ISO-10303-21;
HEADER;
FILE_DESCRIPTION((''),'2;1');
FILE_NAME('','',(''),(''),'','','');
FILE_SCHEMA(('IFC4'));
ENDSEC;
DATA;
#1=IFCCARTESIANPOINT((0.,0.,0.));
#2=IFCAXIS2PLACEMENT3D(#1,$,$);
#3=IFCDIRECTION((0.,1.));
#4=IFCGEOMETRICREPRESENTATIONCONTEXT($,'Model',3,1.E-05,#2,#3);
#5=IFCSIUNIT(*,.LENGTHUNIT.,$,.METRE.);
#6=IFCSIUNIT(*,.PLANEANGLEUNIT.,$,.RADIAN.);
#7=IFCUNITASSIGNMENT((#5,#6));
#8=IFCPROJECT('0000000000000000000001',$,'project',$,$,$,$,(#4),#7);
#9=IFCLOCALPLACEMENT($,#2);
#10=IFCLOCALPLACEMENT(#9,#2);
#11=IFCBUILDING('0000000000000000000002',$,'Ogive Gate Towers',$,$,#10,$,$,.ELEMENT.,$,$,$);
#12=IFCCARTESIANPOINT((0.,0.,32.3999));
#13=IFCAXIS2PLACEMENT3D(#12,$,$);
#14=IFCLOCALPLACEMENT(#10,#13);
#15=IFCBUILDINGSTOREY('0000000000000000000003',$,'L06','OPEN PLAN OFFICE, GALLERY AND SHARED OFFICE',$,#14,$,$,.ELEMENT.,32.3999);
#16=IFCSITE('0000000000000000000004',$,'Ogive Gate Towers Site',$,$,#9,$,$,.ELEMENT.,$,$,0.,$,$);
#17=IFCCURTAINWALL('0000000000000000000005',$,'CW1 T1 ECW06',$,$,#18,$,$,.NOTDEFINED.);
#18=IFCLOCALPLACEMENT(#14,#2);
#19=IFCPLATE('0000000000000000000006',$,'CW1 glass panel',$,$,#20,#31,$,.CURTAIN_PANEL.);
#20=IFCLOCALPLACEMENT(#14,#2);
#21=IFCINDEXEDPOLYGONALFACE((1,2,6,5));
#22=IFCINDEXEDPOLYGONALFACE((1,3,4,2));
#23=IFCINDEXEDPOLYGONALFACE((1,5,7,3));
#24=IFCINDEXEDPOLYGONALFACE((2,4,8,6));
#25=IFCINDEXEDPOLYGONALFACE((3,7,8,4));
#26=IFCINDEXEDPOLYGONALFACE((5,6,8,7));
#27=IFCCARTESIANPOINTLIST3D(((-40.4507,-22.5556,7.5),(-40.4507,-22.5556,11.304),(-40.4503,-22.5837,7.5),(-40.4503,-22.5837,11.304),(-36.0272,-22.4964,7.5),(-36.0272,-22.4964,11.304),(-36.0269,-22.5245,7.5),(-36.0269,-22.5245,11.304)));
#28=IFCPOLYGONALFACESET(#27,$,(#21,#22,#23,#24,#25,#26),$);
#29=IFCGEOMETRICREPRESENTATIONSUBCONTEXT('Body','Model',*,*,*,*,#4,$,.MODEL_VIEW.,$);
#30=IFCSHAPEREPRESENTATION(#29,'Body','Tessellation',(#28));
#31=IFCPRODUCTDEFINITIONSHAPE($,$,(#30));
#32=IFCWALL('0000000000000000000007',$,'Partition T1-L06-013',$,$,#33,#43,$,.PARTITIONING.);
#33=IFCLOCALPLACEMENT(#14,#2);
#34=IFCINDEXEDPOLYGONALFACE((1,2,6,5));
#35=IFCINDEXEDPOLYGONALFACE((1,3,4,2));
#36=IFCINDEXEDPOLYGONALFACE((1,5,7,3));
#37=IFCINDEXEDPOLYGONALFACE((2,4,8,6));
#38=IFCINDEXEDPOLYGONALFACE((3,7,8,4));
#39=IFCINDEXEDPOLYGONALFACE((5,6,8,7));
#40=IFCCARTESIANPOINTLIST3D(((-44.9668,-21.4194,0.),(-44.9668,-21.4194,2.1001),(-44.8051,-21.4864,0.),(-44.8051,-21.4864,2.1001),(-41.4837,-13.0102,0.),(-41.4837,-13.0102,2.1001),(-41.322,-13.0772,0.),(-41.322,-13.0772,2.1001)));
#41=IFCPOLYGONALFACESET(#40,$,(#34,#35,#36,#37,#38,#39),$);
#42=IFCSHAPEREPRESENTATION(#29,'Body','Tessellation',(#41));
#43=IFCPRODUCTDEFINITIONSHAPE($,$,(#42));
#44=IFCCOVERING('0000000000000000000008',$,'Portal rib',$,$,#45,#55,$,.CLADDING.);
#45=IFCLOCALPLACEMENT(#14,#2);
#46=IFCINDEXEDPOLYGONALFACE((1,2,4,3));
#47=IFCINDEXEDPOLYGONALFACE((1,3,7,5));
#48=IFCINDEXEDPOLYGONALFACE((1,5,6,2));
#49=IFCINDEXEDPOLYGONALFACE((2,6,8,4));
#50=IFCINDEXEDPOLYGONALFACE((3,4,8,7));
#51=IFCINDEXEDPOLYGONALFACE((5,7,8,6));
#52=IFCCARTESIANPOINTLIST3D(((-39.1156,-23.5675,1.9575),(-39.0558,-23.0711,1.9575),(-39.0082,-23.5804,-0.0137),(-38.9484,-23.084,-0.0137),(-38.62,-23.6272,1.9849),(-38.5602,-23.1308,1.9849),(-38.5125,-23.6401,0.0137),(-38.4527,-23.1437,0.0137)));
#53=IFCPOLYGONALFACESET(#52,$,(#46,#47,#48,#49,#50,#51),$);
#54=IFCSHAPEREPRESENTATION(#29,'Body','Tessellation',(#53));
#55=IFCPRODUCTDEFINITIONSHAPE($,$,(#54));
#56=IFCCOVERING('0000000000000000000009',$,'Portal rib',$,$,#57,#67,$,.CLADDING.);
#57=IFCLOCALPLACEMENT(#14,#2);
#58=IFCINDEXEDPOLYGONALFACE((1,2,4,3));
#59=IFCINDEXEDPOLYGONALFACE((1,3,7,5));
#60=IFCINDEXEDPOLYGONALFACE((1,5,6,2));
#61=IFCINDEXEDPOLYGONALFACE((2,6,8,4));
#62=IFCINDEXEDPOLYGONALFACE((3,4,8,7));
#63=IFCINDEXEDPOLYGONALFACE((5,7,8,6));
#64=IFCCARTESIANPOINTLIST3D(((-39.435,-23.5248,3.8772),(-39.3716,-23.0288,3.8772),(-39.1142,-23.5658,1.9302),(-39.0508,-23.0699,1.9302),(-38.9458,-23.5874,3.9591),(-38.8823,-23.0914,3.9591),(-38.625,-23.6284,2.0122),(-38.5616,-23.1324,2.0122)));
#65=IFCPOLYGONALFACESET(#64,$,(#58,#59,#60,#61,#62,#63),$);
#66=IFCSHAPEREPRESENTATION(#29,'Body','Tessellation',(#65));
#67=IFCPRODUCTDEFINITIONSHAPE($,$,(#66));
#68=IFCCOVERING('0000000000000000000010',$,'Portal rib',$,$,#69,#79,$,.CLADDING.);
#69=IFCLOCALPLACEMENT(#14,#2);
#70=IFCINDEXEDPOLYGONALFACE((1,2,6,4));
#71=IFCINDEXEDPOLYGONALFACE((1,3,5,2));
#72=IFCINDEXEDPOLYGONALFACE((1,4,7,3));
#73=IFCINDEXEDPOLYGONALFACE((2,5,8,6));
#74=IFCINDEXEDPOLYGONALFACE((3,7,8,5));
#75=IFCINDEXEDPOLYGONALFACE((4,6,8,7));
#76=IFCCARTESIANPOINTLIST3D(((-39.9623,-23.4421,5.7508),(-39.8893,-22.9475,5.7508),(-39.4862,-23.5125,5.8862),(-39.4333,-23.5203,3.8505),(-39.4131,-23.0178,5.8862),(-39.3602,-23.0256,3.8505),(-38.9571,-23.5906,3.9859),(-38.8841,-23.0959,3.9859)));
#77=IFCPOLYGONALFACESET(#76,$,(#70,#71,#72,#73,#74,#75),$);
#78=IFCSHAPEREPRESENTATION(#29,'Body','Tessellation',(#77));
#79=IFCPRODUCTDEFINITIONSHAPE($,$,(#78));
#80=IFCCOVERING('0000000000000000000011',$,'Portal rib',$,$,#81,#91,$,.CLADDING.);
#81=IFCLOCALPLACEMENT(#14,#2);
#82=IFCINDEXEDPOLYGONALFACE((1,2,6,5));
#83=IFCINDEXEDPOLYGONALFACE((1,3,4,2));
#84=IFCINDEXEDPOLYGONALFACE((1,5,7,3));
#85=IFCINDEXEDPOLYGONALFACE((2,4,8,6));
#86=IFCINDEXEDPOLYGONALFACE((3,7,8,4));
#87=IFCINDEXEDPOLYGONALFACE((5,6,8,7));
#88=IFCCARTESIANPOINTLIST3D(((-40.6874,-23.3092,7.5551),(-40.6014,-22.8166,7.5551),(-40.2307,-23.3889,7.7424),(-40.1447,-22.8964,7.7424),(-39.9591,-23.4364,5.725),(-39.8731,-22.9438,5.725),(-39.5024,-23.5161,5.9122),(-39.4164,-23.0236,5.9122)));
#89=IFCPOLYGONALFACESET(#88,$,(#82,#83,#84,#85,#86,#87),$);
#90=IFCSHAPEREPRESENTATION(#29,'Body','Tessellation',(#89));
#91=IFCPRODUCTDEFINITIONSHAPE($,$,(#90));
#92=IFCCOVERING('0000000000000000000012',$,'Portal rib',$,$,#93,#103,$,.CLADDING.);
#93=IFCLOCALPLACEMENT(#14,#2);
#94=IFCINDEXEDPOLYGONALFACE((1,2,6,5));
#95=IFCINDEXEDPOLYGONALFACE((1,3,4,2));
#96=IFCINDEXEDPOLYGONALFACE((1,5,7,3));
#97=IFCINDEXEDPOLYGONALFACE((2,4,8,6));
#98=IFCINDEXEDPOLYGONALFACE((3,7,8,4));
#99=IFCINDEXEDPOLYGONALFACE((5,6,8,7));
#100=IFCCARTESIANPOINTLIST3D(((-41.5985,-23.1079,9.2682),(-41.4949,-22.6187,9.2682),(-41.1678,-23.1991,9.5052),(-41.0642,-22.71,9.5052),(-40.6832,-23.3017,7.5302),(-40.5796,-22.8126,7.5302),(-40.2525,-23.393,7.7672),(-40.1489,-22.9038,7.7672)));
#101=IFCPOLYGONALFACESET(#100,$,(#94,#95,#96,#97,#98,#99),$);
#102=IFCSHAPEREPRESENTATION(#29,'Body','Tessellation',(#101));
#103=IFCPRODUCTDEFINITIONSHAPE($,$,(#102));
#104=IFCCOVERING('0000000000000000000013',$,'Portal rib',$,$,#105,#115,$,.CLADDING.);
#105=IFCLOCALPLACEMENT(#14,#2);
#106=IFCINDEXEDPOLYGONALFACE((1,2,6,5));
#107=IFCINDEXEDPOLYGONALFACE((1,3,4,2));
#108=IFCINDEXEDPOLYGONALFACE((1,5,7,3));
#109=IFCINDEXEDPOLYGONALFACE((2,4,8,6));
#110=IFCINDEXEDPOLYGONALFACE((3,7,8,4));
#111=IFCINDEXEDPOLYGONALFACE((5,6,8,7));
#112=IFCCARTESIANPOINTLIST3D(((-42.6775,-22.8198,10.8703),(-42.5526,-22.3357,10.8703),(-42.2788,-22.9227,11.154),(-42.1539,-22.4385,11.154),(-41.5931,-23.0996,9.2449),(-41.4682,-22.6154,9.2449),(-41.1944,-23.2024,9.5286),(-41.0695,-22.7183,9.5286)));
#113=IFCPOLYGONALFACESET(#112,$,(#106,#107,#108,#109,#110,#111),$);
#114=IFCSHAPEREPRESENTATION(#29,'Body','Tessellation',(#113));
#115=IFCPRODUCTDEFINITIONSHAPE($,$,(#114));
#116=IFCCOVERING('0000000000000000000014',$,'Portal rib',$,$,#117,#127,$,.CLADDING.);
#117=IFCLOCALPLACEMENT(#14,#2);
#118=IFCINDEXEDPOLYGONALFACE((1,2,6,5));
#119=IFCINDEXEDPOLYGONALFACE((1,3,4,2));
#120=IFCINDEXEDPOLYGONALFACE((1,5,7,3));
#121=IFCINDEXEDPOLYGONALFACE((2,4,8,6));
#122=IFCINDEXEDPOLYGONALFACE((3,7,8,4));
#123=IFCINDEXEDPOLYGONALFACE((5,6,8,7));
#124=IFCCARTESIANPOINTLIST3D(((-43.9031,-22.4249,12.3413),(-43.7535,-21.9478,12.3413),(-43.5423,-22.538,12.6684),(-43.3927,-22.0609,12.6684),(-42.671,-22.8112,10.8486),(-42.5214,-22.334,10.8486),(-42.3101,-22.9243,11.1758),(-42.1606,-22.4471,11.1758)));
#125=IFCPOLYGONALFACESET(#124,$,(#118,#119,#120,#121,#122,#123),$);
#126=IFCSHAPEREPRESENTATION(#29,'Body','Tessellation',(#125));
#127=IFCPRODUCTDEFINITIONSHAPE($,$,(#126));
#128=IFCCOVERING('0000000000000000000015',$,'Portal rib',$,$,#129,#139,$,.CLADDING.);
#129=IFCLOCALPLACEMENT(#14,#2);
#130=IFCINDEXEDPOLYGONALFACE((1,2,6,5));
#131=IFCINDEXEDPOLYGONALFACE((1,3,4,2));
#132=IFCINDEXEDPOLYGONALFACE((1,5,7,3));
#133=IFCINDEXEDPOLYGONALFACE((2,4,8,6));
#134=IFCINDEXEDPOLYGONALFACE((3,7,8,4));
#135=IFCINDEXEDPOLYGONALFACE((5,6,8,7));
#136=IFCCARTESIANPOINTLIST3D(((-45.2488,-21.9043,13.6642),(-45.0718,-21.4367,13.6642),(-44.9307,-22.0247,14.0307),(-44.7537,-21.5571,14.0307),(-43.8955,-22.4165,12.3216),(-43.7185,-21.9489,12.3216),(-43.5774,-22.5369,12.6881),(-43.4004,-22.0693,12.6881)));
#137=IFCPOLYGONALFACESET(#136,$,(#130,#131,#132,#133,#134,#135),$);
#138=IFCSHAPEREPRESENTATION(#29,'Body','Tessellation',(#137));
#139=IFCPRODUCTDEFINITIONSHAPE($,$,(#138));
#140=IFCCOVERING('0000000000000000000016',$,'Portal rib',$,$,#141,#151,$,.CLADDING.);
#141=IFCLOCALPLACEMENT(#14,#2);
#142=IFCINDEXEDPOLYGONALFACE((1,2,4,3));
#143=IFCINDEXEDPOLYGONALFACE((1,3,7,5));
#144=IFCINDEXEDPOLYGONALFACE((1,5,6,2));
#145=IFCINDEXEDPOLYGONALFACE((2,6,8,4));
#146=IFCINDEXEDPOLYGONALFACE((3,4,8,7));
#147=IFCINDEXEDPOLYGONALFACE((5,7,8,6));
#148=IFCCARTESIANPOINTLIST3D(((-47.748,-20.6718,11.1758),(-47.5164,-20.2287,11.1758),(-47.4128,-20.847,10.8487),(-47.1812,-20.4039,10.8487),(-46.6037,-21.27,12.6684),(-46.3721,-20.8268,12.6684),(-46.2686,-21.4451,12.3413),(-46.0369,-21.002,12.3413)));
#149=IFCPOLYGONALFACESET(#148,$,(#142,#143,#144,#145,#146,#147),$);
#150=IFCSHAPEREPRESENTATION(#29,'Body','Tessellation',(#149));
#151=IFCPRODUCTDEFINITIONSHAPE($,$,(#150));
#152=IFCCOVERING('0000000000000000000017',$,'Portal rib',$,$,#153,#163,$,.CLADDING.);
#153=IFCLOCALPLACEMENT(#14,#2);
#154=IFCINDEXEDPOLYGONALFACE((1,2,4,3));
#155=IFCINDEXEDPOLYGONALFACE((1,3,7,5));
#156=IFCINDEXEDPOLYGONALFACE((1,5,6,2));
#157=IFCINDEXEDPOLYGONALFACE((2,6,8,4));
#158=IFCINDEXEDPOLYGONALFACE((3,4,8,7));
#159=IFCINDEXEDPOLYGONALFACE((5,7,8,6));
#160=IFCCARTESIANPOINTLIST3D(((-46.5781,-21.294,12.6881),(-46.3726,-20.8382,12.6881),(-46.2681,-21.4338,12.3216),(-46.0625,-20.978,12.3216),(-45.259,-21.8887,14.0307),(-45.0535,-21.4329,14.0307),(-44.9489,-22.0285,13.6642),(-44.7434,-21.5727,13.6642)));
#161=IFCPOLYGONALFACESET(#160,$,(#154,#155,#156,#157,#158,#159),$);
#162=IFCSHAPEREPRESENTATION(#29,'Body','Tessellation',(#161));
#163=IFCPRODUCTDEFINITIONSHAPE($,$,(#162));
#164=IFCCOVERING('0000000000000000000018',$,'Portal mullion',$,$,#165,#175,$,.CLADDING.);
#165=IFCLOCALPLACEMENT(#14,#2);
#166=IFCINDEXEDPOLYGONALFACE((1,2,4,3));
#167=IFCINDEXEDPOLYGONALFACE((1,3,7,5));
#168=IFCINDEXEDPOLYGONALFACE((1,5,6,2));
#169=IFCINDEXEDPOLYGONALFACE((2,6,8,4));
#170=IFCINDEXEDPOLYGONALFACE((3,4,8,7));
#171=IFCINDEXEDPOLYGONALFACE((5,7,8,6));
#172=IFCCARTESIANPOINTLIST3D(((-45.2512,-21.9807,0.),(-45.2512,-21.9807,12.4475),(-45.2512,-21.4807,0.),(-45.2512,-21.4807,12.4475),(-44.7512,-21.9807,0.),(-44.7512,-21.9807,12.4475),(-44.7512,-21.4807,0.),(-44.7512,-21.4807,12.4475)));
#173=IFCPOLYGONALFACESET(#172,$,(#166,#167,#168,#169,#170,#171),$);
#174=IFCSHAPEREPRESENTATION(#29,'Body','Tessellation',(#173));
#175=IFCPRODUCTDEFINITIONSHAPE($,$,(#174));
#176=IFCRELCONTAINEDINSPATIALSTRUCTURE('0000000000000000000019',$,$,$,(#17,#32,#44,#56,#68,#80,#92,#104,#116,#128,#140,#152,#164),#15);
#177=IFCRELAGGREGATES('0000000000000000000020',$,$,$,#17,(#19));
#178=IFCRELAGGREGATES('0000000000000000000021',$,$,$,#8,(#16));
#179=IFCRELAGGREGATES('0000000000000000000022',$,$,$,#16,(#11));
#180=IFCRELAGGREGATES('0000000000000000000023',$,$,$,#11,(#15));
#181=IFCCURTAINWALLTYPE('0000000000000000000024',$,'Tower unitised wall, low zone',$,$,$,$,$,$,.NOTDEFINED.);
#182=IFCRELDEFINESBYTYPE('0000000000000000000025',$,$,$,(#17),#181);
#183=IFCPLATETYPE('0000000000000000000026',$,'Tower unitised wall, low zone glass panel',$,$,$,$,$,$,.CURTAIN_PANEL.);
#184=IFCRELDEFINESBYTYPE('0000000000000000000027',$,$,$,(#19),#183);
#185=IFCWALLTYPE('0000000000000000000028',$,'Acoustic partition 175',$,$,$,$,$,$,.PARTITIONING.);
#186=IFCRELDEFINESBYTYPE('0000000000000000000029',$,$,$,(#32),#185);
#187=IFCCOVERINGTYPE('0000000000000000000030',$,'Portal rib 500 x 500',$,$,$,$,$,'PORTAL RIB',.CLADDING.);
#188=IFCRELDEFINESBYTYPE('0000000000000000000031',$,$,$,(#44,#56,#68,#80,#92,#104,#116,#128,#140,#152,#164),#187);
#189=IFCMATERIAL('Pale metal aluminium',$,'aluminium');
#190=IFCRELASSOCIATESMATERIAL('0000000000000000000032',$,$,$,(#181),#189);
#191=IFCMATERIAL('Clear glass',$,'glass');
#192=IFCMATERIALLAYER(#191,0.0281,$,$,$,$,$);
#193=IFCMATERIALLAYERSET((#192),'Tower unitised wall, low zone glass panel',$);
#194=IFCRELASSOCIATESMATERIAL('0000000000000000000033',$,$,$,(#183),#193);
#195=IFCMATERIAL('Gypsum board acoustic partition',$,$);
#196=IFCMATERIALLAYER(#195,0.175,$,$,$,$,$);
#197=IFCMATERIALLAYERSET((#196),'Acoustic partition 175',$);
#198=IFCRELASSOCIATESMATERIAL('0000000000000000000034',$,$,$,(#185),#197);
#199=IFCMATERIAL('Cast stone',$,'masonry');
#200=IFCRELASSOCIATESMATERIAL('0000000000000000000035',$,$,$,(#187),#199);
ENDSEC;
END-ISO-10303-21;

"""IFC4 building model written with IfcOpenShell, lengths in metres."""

from ifc_helpers import new_model, si_unit, direction, frame, frame_2d, origin, origin_2d, place, context, subcontext, project, spatial, rectangle, extrude, material, layer, layer_set, material_profile, profile_set, type_object, element, aggregate, save


model = new_model("IFC4")

# Units and contexts
model_context = context("Model", 3, precision=1e-05, world=origin(), true_north=direction((0.0, 1.0)))
body_context = subcontext(model_context, "Body", "Model", "MODEL_VIEW")
ifc_project = project(units=[si_unit("LENGTHUNIT", "METRE"), si_unit("PLANEANGLEUNIT", "RADIAN")], contexts=[model_context])

# Site, building, storey
site_placement = place(None, origin())
site = spatial("IfcSite", under=ifc_project, at=site_placement, Name="Ogive Gate Towers Site", CompositionType="ELEMENT", RefElevation=0.0)
building_placement = place(site_placement, origin())
building = spatial("IfcBuilding", under=site, at=building_placement, Name="Ogive Gate Towers", CompositionType="ELEMENT")
storey_placement = place(building_placement, frame((0.0, 0.0, 32.3999)))
storey = spatial("IfcBuildingStorey", under=building, at=storey_placement, Name="L06", Description="OPEN PLAN OFFICE, GALLERY AND SHARED OFFICE", CompositionType="ELEMENT", Elevation=32.3999)

# Curtain wall, plate
ifc_material_1 = material(Name="Pale metal aluminium", Category="aluminium")
curtain_wall_type = type_object("IfcCurtainWallType", Name="Tower unitised wall, low zone", PredefinedType="NOTDEFINED", material=ifc_material_1)
curtain_wall_placement = place(storey_placement, origin())
curtain_wall = element("IfcCurtainWall", 1, at=curtain_wall_placement, inside=storey, type_object=curtain_wall_type, Name="CW1 T1 ECW06", PredefinedType="NOTDEFINED")
ifc_material_2 = material(Name="Clear glass", Category="glass")
ifc_layer_1 = layer(ifc_material_2, 0.0281)
ifc_layer_set_1 = layer_set([ifc_layer_1], Name="Tower unitised wall, low zone glass panel")
plate_type = type_object("IfcPlateType", Name="Tower unitised wall, low zone glass panel", PredefinedType="CURTAIN_PANEL", material=ifc_layer_set_1)
plate_1_placement = place(storey_placement, frame((-38.2388, -22.54, 7.5), z_axis=(0.0, 0.0, 1.0), x_axis=(0.99991, 0.013386, 0.0)))
plate_1 = element("IfcPlate", 2, at=plate_1_placement, type_object=plate_type, Name="CW1 glass panel", PredefinedType="CURTAIN_PANEL", context=body_context, shape_type="SweptSolid", body=[
    extrude(rectangle(XDim=4.4238, YDim=0.0281, at=origin_2d()), origin(), (0.0, 0.0, 1.0), 3.804),
])
aggregate(curtain_wall, [plate_1])

# Wall
ifc_material_3 = material(Name="Gypsum board acoustic partition")
ifc_layer_2 = layer(ifc_material_3, 0.175)
ifc_layer_set_2 = layer_set([ifc_layer_2], Name="Acoustic partition 175")
wall_type = type_object("IfcWallType", Name="Acoustic partition 175", PredefinedType="PARTITIONING", material=ifc_layer_set_2)
wall_placement = place(storey_placement, frame((-44.886, -21.4529, 0.0), z_axis=(0.0, 0.0, 1.0), x_axis=(0.382679, 0.923881, 0.0)))
element("IfcWall", 3, at=wall_placement, inside=storey, type_object=wall_type, Name="Partition T1-L06-013", PredefinedType="PARTITIONING", context=body_context, shape_type="SweptSolid", body=[
    extrude(rectangle(XDim=9.1021, YDim=0.175, at=frame_2d((4.551, 0.0))), origin(), (0.0, 0.0, 1.0), 2.1001),
])

# Coverings
ifc_material_4 = material(Name="Cast stone", Category="masonry")
ifc_material_profile_1 = material_profile(ifc_material_4, rectangle(XDim=0.5, YDim=0.5, at=origin_2d()), Name="500 x 500 cast stone")
ifc_profile_set_1 = profile_set([ifc_material_profile_1], Name="Cast stone")
covering_type = type_object("IfcCoveringType", Name="Portal rib 500 x 500", ElementType="PORTAL RIB", PredefinedType="CLADDING", material=ifc_profile_set_1)
covering_1_placement = place(storey_placement, frame((-38.7305, -23.3621, 0.0), z_axis=(-0.054414, 0.006554, 0.998497), x_axis=(-0.11959, -0.992823, 0.0)))
element("IfcCovering", 4, at=covering_1_placement, inside=storey, type_object=covering_type, Name="Portal rib", PredefinedType="CLADDING", context=body_context, shape_type="SweptSolid", body=[
    extrude(rectangle(XDim=0.5, YDim=0.5, at=origin_2d()), origin(), (0.0, 0.0, 1.0), 1.9741),
])
covering_2_placement = place(storey_placement, frame((-38.8379, -23.3491, 1.9712), z_axis=(-0.162538, 0.020781, 0.986483), x_axis=(-0.126822, -0.991926, 0.0)))
element("IfcCovering", 5, at=covering_2_placement, inside=storey, type_object=covering_type, Name="Portal rib", PredefinedType="CLADDING", context=body_context, shape_type="SweptSolid", body=[
    extrude(rectangle(XDim=0.5, YDim=0.5, at=origin_2d()), origin(), (0.0, 0.0, 1.0), 1.9736),
])
covering_3_placement = place(storey_placement, frame((-39.1587, -23.3081, 3.9182), z_axis=(-0.267983, 0.039573, 0.962611), x_axis=(-0.146085, -0.989272, 0.0)))
element("IfcCovering", 6, at=covering_3_placement, inside=storey, type_object=covering_type, Name="Portal rib", PredefinedType="CLADDING", context=body_context, shape_type="SweptSolid", body=[
    extrude(rectangle(XDim=0.5, YDim=0.5, at=origin_2d()), origin(), (0.0, 0.0, 1.0), 1.9741),
])
for number, where, z_axis, x_axis, name in (
    (7, (-39.6877, -23.23, 5.8186), (-0.368976, 0.064444, 0.927202), (-0.172052, -0.985088, 0.0), "Portal rib"),
    (8, (-40.416, -23.1028, 7.6487), (-0.463704, 0.098208, 0.88053), (-0.207194, -0.9783, 0.0), "Portal rib"),
    (9, (-41.3313, -22.9089, 9.3867), (-0.549386, 0.141737, 0.82346), (-0.249812, -0.968294, 0.0), "Portal rib"),
):
    element("IfcCovering", number, at=place(storey_placement, frame(where, z_axis=z_axis, x_axis=x_axis)), inside=storey, type_object=covering_type, Name=name, PredefinedType="CLADDING", context=body_context, shape_type="SweptSolid", body=[
        extrude(rectangle(XDim=0.5, YDim=0.5, at=origin_2d()), origin(), (0.0, 0.0, 1.0), 1.9739),
    ])
covering_4_placement = place(storey_placement, frame((-42.4158, -22.6292, 11.0122), z_axis=(-0.624296, 0.195688, 0.756281), x_axis=(-0.299104, -0.954221, 0.0)))
element("IfcCovering", 10, at=covering_4_placement, inside=storey, type_object=covering_type, Name="Portal rib", PredefinedType="CLADDING", context=body_context, shape_type="SweptSolid", body=[
    extrude(rectangle(XDim=0.5, YDim=0.5, at=origin_2d()), origin(), (0.0, 0.0, 1.0), 1.9736),
])
covering_5_placement = place(storey_placement, frame((-43.6479, -22.2429, 12.5049), z_axis=(-0.6856, 0.259496, 0.680158), x_axis=(-0.353988, -0.93525, 0.0)))
element("IfcCovering", 11, at=covering_5_placement, inside=storey, type_object=covering_type, Name="Portal rib", PredefinedType="CLADDING", context=body_context, shape_type="SweptSolid", body=[
    extrude(rectangle(XDim=0.5, YDim=0.5, at=origin_2d()), origin(), (0.0, 0.0, 1.0), 1.9739),
])
covering_6_placement = place(storey_placement, frame((-47.4646, -20.5378, 11.0122), z_axis=(0.579785, -0.303067, 0.756306), x_axis=(0.463251, 0.886227, 0.0)))
element("IfcCovering", 12, at=covering_6_placement, inside=storey, type_object=covering_type, Name="Portal rib", PredefinedType="CLADDING", context=body_context, shape_type="SweptSolid", body=[
    extrude(rectangle(XDim=0.5, YDim=0.5, at=origin_2d()), origin(), (0.0, 0.0, 1.0), 1.9736),
])
covering_7_placement = place(storey_placement, frame((-46.3203, -21.136, 12.5049), z_axis=(0.668283, -0.301303, 0.680157), x_axis=(0.411017, 0.911628, 0.0)))
element("IfcCovering", 13, at=covering_7_placement, inside=storey, type_object=covering_type, Name="Portal rib", PredefinedType="CLADDING", context=body_context, shape_type="SweptSolid", body=[
    extrude(rectangle(XDim=0.5, YDim=0.5, at=origin_2d()), origin(), (0.0, 0.0, 1.0), 1.9739),
])
covering_8_placement = place(storey_placement, frame((-45.0012, -21.7307, 0.0), z_axis=(0.0, 0.0, 1.0), x_axis=(1.0, 0.0, 0.0)))
element("IfcCovering", 14, at=covering_8_placement, inside=storey, type_object=covering_type, Name="Portal mullion", PredefinedType="CLADDING", context=body_context, shape_type="SweptSolid", body=[
    extrude(rectangle(XDim=0.5, YDim=0.5, at=origin_2d()), origin(), (0.0, 0.0, 1.0), 12.4475),
])

save(model, "model.ifc")
